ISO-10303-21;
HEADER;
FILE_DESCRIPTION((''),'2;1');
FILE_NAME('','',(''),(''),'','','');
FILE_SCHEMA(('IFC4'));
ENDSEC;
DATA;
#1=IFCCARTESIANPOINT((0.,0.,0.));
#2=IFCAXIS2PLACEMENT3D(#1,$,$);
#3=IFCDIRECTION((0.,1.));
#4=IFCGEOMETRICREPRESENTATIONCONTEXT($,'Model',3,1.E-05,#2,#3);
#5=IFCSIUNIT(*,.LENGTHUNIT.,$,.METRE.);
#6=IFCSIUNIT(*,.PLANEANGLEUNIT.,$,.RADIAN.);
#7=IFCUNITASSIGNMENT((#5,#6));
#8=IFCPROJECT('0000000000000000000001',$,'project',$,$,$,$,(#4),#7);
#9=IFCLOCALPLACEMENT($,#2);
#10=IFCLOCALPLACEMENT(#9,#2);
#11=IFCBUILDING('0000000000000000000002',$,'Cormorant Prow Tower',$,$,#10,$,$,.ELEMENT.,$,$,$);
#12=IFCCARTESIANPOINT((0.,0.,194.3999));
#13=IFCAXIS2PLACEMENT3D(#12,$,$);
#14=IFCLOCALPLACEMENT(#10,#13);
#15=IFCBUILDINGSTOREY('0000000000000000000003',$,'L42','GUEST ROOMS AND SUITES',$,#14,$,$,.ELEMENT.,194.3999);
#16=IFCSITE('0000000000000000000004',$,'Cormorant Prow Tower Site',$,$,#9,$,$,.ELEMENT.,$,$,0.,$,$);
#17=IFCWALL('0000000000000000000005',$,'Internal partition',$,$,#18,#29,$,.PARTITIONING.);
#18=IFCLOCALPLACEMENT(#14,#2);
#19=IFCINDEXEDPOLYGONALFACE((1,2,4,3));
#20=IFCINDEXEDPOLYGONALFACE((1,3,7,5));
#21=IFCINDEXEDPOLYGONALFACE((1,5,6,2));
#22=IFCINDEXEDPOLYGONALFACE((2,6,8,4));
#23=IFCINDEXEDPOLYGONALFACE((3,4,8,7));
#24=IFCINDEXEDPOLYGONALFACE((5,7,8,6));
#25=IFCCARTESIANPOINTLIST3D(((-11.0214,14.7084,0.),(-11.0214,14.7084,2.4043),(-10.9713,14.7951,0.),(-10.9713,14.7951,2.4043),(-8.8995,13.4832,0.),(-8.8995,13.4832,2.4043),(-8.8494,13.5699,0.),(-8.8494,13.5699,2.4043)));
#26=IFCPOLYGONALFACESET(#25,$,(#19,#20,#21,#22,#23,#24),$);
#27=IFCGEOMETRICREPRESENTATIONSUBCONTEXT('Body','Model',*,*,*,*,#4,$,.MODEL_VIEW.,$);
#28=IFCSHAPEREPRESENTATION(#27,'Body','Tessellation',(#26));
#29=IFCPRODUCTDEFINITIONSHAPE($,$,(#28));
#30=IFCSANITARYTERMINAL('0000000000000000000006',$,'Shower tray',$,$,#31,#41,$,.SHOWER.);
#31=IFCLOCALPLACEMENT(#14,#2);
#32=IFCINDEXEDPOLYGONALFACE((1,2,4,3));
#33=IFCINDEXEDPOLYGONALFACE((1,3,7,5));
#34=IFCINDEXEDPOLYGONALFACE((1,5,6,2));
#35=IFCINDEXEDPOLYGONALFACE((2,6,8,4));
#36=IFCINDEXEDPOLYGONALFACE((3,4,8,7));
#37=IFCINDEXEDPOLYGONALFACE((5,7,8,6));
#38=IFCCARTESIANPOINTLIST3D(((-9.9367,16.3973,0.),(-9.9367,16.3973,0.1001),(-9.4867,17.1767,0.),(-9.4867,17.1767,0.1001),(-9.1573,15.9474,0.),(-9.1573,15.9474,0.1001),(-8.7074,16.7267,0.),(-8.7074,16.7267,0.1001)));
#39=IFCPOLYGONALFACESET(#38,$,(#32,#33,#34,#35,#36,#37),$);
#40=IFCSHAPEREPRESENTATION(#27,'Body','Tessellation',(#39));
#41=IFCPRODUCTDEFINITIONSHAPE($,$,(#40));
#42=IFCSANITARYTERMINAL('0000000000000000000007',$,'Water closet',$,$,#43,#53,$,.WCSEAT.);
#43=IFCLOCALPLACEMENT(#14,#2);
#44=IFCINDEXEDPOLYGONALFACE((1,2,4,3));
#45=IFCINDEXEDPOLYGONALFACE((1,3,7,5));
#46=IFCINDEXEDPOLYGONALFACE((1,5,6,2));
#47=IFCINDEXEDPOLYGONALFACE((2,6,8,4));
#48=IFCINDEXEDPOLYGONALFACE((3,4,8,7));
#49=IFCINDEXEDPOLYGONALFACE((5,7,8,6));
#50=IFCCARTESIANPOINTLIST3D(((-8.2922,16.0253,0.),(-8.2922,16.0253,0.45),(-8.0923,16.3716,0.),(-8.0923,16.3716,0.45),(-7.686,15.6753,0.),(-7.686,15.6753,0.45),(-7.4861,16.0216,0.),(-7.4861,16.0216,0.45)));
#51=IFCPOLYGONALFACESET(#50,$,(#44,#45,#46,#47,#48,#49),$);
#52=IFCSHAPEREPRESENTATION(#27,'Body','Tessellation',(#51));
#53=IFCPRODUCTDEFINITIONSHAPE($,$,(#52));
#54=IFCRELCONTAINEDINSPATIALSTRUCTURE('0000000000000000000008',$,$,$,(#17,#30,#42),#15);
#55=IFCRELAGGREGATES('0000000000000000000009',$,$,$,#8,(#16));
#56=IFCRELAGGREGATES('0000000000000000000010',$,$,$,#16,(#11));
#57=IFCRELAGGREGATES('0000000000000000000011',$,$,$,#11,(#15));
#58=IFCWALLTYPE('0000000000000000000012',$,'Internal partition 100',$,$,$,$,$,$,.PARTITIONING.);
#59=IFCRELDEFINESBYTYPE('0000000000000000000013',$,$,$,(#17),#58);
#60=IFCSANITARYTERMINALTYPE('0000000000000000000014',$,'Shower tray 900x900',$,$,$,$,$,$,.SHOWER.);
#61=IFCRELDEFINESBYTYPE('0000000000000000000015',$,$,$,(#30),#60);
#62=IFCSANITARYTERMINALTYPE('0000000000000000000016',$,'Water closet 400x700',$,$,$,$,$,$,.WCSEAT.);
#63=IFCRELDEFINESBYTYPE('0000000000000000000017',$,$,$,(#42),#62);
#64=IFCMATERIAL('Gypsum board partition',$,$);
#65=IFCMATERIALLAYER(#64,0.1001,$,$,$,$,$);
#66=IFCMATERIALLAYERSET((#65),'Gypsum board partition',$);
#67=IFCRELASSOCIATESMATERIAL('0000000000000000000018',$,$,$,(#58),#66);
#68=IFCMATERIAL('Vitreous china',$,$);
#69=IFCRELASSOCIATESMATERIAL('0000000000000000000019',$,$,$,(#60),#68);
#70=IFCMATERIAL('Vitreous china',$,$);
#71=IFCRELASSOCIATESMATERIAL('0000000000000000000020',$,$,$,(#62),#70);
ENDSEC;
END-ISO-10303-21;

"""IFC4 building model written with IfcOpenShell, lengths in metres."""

from ifc_helpers import new_model, si_unit, direction, frame, frame_2d, origin, origin_2d, place, context, subcontext, project, spatial, rectangle, extrude, material, layer, layer_set, type_object, element, save


model = new_model("IFC4")

# Units and contexts
model_context = context("Model", 3, precision=1e-05, world=origin(), true_north=direction((0.0, 1.0)))
body_context = subcontext(model_context, "Body", "Model", "MODEL_VIEW")
ifc_project = project(units=[si_unit("LENGTHUNIT", "METRE"), si_unit("PLANEANGLEUNIT", "RADIAN")], contexts=[model_context])

# Site, building, storey
site_placement = place(None, origin())
site = spatial("IfcSite", under=ifc_project, at=site_placement, Name="Cormorant Prow Tower Site", CompositionType="ELEMENT", RefElevation=0.0)
building_placement = place(site_placement, origin())
building = spatial("IfcBuilding", under=site, at=building_placement, Name="Cormorant Prow Tower", CompositionType="ELEMENT")
storey_placement = place(building_placement, frame((0.0, 0.0, 194.3999)))
storey = spatial("IfcBuildingStorey", under=building, at=storey_placement, Name="L42", Description="GUEST ROOMS AND SUITES", CompositionType="ELEMENT", Elevation=194.3999)

# Shared definitions
ifc_material_1 = material(Name="Gypsum board partition")
ifc_layer_1 = layer(ifc_material_1, 0.1001)
ifc_layer_set_1 = layer_set([ifc_layer_1], Name="Gypsum board partition")
wall_type_1 = type_object("IfcWallType", Name="Internal partition 100", PredefinedType="PARTITIONING", material=ifc_layer_set_1)

# Wall
wall_1_placement = place(storey_placement, frame((-10.9963, 14.7517, 0.0), z_axis=(0.0, 0.0, 1.0), x_axis=(0.866015, -0.500019, 0.0)))
element("IfcWall", 1, at=wall_1_placement, inside=storey, type_object=wall_type_1, Name="Internal partition", PredefinedType="PARTITIONING", context=body_context, shape_type="SweptSolid", body=[
    extrude(rectangle(XDim=2.4502, YDim=0.1001, at=frame_2d((1.2251, 0.0))), origin(), (0.0, 0.0, 1.0), 2.4043),
])

# Sanitary terminals
ifc_material_2 = material(Name="Vitreous china")
sanitary_terminal_type_1 = type_object("IfcSanitaryTerminalType", Name="Shower tray 900x900", PredefinedType="SHOWER", material=ifc_material_2)
sanitary_terminal_1_placement = place(storey_placement, frame((-9.322, 16.562, 0.0), z_axis=(0.0, 0.0, 1.0), x_axis=(0.866025, -0.5, 0.0)))
element("IfcSanitaryTerminal", 2, at=sanitary_terminal_1_placement, inside=storey, type_object=sanitary_terminal_type_1, Name="Shower tray", PredefinedType="SHOWER", context=body_context, shape_type="SweptSolid", body=[
    extrude(rectangle(XDim=0.8999, YDim=0.8999, at=origin_2d()), origin(), (0.0, 0.0, 1.0), 0.1001),
])
ifc_material_3 = material(Name="Vitreous china")
sanitary_terminal_type_2 = type_object("IfcSanitaryTerminalType", Name="Water closet 400x700", PredefinedType="WCSEAT", material=ifc_material_3)
sanitary_terminal_2_placement = place(storey_placement, frame((-7.8892, 16.0234, 0.0), z_axis=(0.0, 0.0, 1.0), x_axis=(-0.5, -0.866025, 0.0)))
element("IfcSanitaryTerminal", 3, at=sanitary_terminal_2_placement, inside=storey, type_object=sanitary_terminal_type_2, Name="Water closet", PredefinedType="WCSEAT", context=body_context, shape_type="SweptSolid", body=[
    extrude(rectangle(XDim=0.3999, YDim=0.7, at=origin_2d()), origin(), (0.0, 0.0, 1.0), 0.45),
])

save(model, "model.ifc")
